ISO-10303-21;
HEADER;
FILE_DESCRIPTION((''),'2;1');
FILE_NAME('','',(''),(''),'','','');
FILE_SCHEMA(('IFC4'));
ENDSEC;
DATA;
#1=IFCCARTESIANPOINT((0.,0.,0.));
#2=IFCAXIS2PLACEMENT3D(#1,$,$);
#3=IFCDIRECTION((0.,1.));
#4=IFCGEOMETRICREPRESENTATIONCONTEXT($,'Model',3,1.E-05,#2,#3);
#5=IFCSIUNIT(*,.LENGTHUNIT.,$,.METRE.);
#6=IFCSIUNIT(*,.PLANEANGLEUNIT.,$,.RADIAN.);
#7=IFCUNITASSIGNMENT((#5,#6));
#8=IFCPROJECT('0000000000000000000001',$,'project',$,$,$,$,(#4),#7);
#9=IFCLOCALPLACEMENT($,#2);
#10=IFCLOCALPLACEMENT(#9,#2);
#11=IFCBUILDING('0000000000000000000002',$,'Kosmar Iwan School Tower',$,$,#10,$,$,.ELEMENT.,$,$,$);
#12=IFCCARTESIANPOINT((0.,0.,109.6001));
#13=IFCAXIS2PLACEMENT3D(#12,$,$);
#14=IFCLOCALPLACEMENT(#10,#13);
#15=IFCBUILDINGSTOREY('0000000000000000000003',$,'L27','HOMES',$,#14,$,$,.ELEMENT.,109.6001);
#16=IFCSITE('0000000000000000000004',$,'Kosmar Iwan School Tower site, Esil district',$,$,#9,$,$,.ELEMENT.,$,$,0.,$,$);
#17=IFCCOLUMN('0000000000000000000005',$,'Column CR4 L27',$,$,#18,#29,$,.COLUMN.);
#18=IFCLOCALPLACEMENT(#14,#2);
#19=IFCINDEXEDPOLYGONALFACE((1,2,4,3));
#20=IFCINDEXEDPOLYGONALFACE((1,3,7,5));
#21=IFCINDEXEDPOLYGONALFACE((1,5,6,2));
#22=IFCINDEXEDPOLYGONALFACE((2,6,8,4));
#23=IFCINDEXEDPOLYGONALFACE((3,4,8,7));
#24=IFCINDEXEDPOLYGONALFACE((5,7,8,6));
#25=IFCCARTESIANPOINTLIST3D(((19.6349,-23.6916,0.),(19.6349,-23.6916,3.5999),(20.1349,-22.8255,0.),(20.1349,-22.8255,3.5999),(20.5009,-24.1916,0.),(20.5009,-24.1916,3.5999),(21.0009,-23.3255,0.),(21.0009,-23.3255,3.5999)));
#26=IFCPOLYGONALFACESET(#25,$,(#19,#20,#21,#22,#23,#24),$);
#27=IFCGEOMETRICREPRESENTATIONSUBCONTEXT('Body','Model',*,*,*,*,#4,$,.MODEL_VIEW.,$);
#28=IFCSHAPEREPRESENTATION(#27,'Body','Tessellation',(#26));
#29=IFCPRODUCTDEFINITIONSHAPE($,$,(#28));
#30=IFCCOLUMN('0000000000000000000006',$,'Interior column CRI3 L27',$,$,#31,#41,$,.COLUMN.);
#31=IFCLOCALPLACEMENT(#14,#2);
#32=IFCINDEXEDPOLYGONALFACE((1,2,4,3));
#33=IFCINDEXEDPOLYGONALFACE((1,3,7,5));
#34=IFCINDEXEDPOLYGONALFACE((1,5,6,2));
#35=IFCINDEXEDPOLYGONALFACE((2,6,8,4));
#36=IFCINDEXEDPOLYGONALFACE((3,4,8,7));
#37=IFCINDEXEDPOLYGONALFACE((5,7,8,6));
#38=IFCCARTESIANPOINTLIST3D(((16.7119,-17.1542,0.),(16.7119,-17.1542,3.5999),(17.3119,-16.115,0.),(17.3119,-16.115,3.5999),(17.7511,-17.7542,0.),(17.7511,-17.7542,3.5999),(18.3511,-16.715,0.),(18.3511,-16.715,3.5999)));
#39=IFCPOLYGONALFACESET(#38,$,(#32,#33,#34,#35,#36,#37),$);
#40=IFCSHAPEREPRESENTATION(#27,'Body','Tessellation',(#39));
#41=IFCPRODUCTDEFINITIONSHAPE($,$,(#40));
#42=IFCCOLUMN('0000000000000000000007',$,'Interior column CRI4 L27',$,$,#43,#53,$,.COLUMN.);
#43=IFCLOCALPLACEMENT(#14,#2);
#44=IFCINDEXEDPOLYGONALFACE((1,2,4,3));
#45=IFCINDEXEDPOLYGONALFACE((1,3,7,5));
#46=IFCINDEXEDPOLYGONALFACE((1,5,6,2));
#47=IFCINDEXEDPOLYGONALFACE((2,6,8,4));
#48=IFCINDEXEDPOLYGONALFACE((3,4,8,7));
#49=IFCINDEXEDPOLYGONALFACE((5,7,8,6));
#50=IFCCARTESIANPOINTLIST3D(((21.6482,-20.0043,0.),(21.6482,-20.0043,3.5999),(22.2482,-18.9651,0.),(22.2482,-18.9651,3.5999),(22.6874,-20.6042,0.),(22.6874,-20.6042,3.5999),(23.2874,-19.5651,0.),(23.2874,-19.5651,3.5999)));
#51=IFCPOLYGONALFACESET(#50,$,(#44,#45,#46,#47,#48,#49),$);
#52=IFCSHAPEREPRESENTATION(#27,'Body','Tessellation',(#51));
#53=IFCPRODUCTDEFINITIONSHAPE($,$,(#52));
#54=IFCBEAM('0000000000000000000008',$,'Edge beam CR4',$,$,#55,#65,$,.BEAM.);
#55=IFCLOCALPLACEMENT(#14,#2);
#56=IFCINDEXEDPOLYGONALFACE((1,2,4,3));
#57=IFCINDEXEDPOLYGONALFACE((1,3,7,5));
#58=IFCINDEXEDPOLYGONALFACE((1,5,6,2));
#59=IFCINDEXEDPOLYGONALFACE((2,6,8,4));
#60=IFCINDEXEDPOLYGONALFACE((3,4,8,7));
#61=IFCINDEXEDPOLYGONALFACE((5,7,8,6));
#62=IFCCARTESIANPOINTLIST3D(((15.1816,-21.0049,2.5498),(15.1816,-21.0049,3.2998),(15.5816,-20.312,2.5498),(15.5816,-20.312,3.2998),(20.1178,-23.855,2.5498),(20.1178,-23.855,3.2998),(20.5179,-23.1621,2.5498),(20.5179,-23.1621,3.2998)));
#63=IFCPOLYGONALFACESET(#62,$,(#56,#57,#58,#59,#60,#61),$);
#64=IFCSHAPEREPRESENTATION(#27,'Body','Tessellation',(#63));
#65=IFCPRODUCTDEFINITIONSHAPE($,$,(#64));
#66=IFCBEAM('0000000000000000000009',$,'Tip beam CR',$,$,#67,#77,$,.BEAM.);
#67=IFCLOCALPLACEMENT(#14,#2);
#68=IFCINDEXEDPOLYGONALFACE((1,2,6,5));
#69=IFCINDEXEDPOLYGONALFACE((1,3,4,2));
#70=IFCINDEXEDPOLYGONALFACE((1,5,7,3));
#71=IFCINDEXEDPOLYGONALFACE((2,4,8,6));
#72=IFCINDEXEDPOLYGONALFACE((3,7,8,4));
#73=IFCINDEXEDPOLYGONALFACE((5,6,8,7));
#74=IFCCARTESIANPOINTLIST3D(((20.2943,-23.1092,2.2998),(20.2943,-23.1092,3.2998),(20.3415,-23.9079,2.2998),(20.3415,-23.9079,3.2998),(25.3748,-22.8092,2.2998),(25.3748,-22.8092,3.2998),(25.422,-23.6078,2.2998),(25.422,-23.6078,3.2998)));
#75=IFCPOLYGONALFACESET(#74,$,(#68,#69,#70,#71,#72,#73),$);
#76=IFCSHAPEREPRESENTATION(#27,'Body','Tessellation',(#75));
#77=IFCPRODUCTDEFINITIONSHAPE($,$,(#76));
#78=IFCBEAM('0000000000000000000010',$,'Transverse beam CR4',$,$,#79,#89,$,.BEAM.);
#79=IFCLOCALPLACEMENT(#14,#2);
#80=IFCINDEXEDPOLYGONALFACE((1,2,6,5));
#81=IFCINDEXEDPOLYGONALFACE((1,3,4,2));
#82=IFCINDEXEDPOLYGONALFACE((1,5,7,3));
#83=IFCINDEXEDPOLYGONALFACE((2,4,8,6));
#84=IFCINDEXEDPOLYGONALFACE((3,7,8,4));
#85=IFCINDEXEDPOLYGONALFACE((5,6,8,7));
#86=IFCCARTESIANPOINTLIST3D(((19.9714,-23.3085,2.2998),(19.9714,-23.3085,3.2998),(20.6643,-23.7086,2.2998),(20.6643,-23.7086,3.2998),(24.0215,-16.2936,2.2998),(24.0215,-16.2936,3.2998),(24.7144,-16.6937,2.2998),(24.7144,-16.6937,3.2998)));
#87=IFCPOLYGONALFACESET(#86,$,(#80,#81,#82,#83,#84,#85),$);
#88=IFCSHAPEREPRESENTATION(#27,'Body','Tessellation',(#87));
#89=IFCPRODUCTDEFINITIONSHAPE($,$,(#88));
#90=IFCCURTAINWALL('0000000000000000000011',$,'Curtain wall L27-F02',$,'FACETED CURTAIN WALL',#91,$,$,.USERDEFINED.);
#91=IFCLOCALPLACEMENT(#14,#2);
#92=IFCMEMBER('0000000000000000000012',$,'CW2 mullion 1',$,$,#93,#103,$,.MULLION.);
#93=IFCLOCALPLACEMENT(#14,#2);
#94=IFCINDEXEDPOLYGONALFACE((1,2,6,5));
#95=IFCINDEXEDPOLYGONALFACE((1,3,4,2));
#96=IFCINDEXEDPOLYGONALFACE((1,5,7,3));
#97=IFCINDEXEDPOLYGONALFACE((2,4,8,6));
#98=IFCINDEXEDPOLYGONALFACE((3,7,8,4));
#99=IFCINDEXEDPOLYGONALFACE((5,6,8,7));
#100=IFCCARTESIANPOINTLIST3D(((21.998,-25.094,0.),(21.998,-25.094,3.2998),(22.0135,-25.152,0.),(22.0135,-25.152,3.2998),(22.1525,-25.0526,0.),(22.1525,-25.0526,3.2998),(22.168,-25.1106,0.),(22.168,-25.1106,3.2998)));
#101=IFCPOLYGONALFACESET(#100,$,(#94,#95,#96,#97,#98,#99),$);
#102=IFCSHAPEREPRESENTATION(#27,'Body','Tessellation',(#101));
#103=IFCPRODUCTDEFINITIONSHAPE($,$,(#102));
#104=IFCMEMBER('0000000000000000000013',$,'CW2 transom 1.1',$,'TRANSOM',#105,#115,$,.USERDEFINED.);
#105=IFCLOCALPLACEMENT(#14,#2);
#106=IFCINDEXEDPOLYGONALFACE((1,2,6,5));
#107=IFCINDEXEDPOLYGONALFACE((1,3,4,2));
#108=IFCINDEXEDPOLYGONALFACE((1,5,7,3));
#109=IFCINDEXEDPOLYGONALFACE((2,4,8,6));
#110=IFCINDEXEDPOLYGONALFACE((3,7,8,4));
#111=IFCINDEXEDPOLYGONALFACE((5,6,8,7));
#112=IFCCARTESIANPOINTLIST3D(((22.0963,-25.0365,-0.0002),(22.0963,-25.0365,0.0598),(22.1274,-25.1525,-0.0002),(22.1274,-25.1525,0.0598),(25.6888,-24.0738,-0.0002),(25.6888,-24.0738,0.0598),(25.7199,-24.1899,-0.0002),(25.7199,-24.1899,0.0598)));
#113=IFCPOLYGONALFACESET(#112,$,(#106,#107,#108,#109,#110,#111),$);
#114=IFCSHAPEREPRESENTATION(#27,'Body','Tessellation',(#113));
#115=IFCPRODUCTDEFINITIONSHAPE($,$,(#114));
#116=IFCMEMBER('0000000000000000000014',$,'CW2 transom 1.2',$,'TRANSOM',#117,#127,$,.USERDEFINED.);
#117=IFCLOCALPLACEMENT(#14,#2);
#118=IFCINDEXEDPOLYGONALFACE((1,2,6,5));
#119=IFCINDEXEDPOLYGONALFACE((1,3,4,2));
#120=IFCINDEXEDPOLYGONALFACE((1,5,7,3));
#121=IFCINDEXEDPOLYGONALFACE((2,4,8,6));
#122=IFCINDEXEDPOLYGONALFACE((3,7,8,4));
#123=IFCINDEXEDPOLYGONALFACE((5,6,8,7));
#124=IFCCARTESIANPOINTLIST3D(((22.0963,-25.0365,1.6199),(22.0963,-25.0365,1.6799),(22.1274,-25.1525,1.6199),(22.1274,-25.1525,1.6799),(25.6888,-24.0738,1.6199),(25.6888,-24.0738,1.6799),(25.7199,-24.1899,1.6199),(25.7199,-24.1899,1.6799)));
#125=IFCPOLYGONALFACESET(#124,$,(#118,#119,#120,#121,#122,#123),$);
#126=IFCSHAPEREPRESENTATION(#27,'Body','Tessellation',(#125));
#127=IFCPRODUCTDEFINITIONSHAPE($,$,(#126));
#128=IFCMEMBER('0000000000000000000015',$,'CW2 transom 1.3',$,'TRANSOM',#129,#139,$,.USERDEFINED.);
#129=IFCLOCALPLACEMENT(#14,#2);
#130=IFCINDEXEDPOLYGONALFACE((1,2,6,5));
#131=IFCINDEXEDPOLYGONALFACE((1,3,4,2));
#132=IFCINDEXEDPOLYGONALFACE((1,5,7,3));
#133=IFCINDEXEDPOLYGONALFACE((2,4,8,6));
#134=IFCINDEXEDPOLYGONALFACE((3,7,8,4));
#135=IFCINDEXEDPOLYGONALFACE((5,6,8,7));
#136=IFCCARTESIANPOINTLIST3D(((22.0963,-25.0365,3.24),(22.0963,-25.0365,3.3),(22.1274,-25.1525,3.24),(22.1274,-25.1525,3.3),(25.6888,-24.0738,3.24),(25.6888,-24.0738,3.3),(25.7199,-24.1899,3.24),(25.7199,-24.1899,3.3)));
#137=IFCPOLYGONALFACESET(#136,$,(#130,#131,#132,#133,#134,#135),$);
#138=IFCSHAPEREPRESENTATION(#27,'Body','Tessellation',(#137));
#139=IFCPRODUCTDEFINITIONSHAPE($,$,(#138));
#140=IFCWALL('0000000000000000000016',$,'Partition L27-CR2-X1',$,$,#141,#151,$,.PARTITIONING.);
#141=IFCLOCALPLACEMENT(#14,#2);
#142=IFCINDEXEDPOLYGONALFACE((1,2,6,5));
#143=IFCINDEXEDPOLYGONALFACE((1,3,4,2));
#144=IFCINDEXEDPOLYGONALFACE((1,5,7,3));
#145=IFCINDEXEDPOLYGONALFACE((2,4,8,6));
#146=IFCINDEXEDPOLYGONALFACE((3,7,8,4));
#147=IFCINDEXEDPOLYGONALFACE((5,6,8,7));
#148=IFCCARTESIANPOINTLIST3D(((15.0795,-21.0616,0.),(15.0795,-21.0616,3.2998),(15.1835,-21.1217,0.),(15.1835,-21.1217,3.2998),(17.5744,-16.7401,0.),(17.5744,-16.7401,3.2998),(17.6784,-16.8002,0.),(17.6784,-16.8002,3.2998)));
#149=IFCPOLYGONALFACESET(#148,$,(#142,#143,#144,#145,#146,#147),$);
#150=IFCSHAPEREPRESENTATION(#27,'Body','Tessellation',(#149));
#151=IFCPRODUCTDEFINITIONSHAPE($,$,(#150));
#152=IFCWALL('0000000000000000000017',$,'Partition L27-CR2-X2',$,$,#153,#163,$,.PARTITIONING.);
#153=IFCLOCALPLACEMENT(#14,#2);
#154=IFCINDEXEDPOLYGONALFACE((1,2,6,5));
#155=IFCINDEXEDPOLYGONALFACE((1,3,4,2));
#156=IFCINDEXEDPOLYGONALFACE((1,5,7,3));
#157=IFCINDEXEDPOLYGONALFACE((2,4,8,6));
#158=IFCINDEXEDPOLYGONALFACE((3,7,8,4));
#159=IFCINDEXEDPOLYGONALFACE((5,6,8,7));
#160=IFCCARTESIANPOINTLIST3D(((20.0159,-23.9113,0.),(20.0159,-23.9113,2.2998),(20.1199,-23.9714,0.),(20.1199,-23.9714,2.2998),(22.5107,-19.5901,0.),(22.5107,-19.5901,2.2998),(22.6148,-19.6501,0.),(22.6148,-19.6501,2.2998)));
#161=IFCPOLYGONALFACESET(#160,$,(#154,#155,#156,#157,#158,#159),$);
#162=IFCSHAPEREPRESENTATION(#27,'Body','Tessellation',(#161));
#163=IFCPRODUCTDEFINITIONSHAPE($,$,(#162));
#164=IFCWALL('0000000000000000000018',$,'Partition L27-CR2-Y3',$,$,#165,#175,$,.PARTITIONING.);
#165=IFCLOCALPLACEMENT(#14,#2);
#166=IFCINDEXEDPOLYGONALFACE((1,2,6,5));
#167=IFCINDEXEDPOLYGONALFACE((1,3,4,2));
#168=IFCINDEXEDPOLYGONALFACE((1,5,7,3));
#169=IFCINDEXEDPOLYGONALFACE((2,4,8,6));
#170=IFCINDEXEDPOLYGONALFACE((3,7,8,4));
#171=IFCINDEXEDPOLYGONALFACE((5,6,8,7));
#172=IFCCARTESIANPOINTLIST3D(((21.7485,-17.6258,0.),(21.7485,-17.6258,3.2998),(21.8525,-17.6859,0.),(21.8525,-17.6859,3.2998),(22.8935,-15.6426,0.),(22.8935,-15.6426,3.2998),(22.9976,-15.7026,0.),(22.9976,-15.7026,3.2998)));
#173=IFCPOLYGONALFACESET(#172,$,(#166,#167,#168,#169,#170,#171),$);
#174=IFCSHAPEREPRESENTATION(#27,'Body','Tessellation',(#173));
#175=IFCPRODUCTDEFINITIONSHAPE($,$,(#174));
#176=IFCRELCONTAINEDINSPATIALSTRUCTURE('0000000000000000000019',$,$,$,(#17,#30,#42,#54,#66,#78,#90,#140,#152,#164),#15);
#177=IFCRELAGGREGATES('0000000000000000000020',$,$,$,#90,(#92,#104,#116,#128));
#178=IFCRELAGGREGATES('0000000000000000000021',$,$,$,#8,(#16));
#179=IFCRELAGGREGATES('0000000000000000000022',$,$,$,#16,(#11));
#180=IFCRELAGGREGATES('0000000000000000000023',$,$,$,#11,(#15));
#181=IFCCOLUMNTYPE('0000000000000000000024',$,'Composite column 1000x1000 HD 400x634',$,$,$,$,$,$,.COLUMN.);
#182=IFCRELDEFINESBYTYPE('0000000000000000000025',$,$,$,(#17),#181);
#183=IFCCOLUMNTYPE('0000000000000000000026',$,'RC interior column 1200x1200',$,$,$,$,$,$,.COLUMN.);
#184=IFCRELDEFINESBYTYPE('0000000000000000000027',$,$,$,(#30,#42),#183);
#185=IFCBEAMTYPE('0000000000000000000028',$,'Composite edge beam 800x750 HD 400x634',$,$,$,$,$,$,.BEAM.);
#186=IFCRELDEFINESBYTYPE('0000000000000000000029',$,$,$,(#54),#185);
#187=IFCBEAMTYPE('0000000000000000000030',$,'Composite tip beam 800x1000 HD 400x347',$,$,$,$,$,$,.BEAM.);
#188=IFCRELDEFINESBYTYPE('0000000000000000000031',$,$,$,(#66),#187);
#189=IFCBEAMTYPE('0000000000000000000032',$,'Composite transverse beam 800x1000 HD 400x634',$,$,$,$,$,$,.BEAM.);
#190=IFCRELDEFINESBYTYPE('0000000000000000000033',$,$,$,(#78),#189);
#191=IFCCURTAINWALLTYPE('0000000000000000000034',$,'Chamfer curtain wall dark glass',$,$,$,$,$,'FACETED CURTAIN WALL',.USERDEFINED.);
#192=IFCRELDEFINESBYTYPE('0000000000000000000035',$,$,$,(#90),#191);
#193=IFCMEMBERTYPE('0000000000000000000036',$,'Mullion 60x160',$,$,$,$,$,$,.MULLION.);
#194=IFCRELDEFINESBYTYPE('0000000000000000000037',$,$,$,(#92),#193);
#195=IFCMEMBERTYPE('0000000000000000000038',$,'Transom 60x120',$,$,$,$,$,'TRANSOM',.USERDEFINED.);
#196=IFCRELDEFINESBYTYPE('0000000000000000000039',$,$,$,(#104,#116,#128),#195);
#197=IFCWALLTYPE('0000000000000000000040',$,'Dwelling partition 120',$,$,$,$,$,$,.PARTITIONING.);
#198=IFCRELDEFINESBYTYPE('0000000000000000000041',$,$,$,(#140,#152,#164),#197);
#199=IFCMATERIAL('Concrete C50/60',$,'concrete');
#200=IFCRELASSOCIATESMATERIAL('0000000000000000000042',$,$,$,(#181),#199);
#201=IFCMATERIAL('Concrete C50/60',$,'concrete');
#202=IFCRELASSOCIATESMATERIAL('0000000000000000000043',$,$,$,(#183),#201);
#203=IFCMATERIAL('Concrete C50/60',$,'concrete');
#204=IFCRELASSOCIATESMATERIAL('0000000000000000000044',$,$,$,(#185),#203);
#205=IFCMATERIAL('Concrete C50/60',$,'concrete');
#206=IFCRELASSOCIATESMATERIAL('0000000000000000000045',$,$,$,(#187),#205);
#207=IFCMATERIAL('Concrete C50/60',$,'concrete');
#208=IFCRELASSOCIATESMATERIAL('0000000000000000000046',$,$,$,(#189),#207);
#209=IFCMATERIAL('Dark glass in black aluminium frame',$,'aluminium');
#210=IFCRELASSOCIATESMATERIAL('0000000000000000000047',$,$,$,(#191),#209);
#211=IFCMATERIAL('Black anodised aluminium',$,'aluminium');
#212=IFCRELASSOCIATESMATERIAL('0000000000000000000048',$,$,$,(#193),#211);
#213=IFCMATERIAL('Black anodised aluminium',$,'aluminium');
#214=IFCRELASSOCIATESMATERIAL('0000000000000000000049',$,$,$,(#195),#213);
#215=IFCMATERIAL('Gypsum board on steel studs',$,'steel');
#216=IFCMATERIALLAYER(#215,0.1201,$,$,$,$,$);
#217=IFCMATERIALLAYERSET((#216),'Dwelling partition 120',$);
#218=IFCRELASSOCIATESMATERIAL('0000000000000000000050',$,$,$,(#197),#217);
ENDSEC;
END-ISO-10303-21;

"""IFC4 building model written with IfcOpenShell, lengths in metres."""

from ifc_helpers import new_model, si_unit, direction, frame, frame_2d, origin, origin_2d, place, context, subcontext, project, spatial, rectangle, extrude, material, layer, layer_set, material_profile, profile_set, type_object, element, aggregate, save


model = new_model("IFC4")

# Units and contexts
model_context = context("Model", 3, precision=1e-05, world=origin(), true_north=direction((0.0, 1.0)))
body_context = subcontext(model_context, "Body", "Model", "MODEL_VIEW")
ifc_project = project(units=[si_unit("LENGTHUNIT", "METRE"), si_unit("PLANEANGLEUNIT", "RADIAN")], contexts=[model_context])

# Site, building, storey
site_placement = place(None, origin())
site = spatial("IfcSite", under=ifc_project, at=site_placement, Name="Kosmar Iwan School Tower site, Esil district", CompositionType="ELEMENT", RefElevation=0.0)
building_placement = place(site_placement, origin())
building = spatial("IfcBuilding", under=site, at=building_placement, Name="Kosmar Iwan School Tower", CompositionType="ELEMENT")
storey_placement = place(building_placement, frame((0.0, 0.0, 109.6001)))
storey = spatial("IfcBuildingStorey", under=building, at=storey_placement, Name="L27", Description="HOMES", CompositionType="ELEMENT", Elevation=109.6001)

# Columns
ifc_material_1 = material(Name="Concrete C50/60", Category="concrete")
ifc_material_profile_1 = material_profile(ifc_material_1, rectangle(XDim=1.0, YDim=1.0, at=origin_2d()), Name="RC 1000x1000 + HD 400x634")
ifc_profile_set_1 = profile_set([ifc_material_profile_1], Name="Concrete C50/60")
column_type_1 = type_object("IfcColumnType", Name="Composite column 1000x1000 HD 400x634", PredefinedType="COLUMN", material=ifc_profile_set_1)
column_placement = place(storey_placement, frame((20.3179, -23.5085, 0.0), z_axis=(0.0, 0.0, 1.0), x_axis=(0.866025, -0.5, 0.0)))
element("IfcColumn", 1, at=column_placement, inside=storey, type_object=column_type_1, Name="Column CR4 L27", PredefinedType="COLUMN", context=body_context, shape_type="SweptSolid", body=[
    extrude(rectangle(XDim=1.0, YDim=1.0, at=origin_2d()), origin(), (0.0, 0.0, 1.0), 3.5999),
])
ifc_material_2 = material(Name="Concrete C50/60", Category="concrete")
ifc_material_profile_2 = material_profile(ifc_material_2, rectangle(XDim=1.2, YDim=1.2, at=origin_2d()), Name="RC 1200x1200")
ifc_profile_set_2 = profile_set([ifc_material_profile_2], Name="Concrete C50/60")
column_type_2 = type_object("IfcColumnType", Name="RC interior column 1200x1200", PredefinedType="COLUMN", material=ifc_profile_set_2)
for number, where, z_axis, x_axis, name in (
    (2, (17.5315, -16.9346, 0.0), (0.0, 0.0, 1.0), (0.866025, -0.5, 0.0), "Interior column CRI3 L27"),
    (3, (22.4678, -19.7847, 0.0), (0.0, 0.0, 1.0), (0.866025, -0.5, 0.0), "Interior column CRI4 L27"),
):
    element("IfcColumn", number, at=place(storey_placement, frame(where, z_axis=z_axis, x_axis=x_axis)), inside=storey, type_object=column_type_2, Name=name, PredefinedType="COLUMN", context=body_context, shape_type="SweptSolid", body=[
        extrude(rectangle(XDim=1.2, YDim=1.2, at=origin_2d()), origin(), (0.0, 0.0, 1.0), 3.5999),
    ])

# Beams
ifc_material_3 = material(Name="Concrete C50/60", Category="concrete")
ifc_material_profile_3 = material_profile(ifc_material_3, rectangle(XDim=0.8, YDim=0.75, at=origin_2d()), Name="RC 800x750 + HD 400x634")
ifc_profile_set_3 = profile_set([ifc_material_profile_3], Name="Concrete C50/60")
beam_type_1 = type_object("IfcBeamType", Name="Composite edge beam 800x750 HD 400x634", PredefinedType="BEAM", material=ifc_profile_set_3)
beam_1_placement = place(storey_placement, frame((15.3816, -20.6584, 2.9248), z_axis=(0.866015, -0.500018, 0.0), x_axis=(0.500018, 0.866015, 0.0)))
element("IfcBeam", 4, at=beam_1_placement, inside=storey, type_object=beam_type_1, Name="Edge beam CR4", PredefinedType="BEAM", context=body_context, shape_type="SweptSolid", body=[
    extrude(rectangle(XDim=0.8, YDim=0.75, at=origin_2d()), origin(), (0.0, 0.0, 1.0), 5.7),
])
ifc_material_4 = material(Name="Concrete C50/60", Category="concrete")
ifc_material_profile_4 = material_profile(ifc_material_4, rectangle(XDim=0.8, YDim=1.0, at=origin_2d()), Name="RC 800x1000 + HD 400x347")
ifc_profile_set_4 = profile_set([ifc_material_profile_4], Name="Concrete C50/60")
beam_type_2 = type_object("IfcBeamType", Name="Composite tip beam 800x1000 HD 400x347", PredefinedType="BEAM", material=ifc_profile_set_4)
beam_2_placement = place(storey_placement, frame((20.3179, -23.5085, 2.7998), z_axis=(0.998261, 0.058955, 0.0), x_axis=(-0.058955, 0.998261, 0.0)))
element("IfcBeam", 5, at=beam_2_placement, inside=storey, type_object=beam_type_2, Name="Tip beam CR", PredefinedType="BEAM", context=body_context, shape_type="SweptSolid", body=[
    extrude(rectangle(XDim=0.8, YDim=1.0, at=origin_2d()), origin(), (0.0, 0.0, 1.0), 5.0894),
])
ifc_material_5 = material(Name="Concrete C50/60", Category="concrete")
ifc_material_profile_5 = material_profile(ifc_material_5, rectangle(XDim=0.8, YDim=1.0, at=origin_2d()), Name="RC 800x1000 + HD 400x634")
ifc_profile_set_5 = profile_set([ifc_material_profile_5], Name="Concrete C50/60")
beam_type_3 = type_object("IfcBeamType", Name="Composite transverse beam 800x1000 HD 400x634", PredefinedType="BEAM", material=ifc_profile_set_5)
beam_3_placement = place(storey_placement, frame((20.3179, -23.5085, 2.7998), z_axis=(0.5, 0.866025, 0.0), x_axis=(-0.866025, 0.5, 0.0)))
element("IfcBeam", 6, at=beam_3_placement, inside=storey, type_object=beam_type_3, Name="Transverse beam CR4", PredefinedType="BEAM", context=body_context, shape_type="SweptSolid", body=[
    extrude(rectangle(XDim=0.8, YDim=1.0, at=origin_2d()), origin(), (0.0, 0.0, 1.0), 8.1001),
])

# Curtain wall, members
ifc_material_6 = material(Name="Dark glass in black aluminium frame", Category="aluminium")
curtain_wall_type = type_object("IfcCurtainWallType", Name="Chamfer curtain wall dark glass", ElementType="FACETED CURTAIN WALL", PredefinedType="USERDEFINED", material=ifc_material_6)
curtain_wall_placement = place(storey_placement, origin())
curtain_wall = element("IfcCurtainWall", 7, at=curtain_wall_placement, inside=storey, type_object=curtain_wall_type, Name="Curtain wall L27-F02", ObjectType="FACETED CURTAIN WALL", PredefinedType="USERDEFINED")
ifc_material_7 = material(Name="Black anodised aluminium", Category="aluminium")
ifc_material_profile_6 = material_profile(ifc_material_7, rectangle(XDim=0.0601, YDim=0.1599, at=origin_2d()), Name="MULLION 60x160")
ifc_profile_set_6 = profile_set([ifc_material_profile_6], Name="Black anodised aluminium")
member_type_1 = type_object("IfcMemberType", Name="Mullion 60x160", PredefinedType="MULLION", material=ifc_profile_set_6)
member_1_placement = place(storey_placement, frame((22.083, -25.1023, 0.0), z_axis=(0.0, 0.0, 1.0), x_axis=(-0.258819, 0.965926, 0.0)))
member_1 = element("IfcMember", 8, at=member_1_placement, type_object=member_type_1, Name="CW2 mullion 1", PredefinedType="MULLION", context=body_context, shape_type="SweptSolid", body=[
    extrude(rectangle(XDim=0.0601, YDim=0.1599, at=origin_2d()), origin(), (0.0, 0.0, 1.0), 3.2998),
])
ifc_material_8 = material(Name="Black anodised aluminium", Category="aluminium")
ifc_material_profile_7 = material_profile(ifc_material_8, rectangle(XDim=0.1201, YDim=0.0601, at=origin_2d()), Name="TRANSOM 60x120")
ifc_profile_set_7 = profile_set([ifc_material_profile_7], Name="Black anodised aluminium")
member_type_2 = type_object("IfcMemberType", Name="Transom 60x120", ElementType="TRANSOM", PredefinedType="USERDEFINED", material=ifc_profile_set_7)
member_2_placement = place(storey_placement, frame((22.1118, -25.0945, 0.0298), z_axis=(0.965924, 0.258827, 0.0), x_axis=(-0.258827, 0.965924, 0.0)))
member_2 = element("IfcMember", 9, at=member_2_placement, type_object=member_type_2, Name="CW2 transom 1.1", ObjectType="TRANSOM", PredefinedType="USERDEFINED", context=body_context, shape_type="SweptSolid", body=[
    extrude(rectangle(XDim=0.1201, YDim=0.0601, at=origin_2d()), origin(), (0.0, 0.0, 1.0), 3.7192),
])
member_3_placement = place(storey_placement, frame((22.1118, -25.0945, 1.6499), z_axis=(0.965924, 0.258827, 0.0), x_axis=(-0.258827, 0.965924, 0.0)))
member_3 = element("IfcMember", 10, at=member_3_placement, type_object=member_type_2, Name="CW2 transom 1.2", ObjectType="TRANSOM", PredefinedType="USERDEFINED", context=body_context, shape_type="SweptSolid", body=[
    extrude(rectangle(XDim=0.1201, YDim=0.0601, at=origin_2d()), origin(), (0.0, 0.0, 1.0), 3.7192),
])
member_4_placement = place(storey_placement, frame((22.1118, -25.0945, 3.27), z_axis=(0.965924, 0.258827, 0.0), x_axis=(-0.258827, 0.965924, 0.0)))
member_4 = element("IfcMember", 11, at=member_4_placement, type_object=member_type_2, Name="CW2 transom 1.3", ObjectType="TRANSOM", PredefinedType="USERDEFINED", context=body_context, shape_type="SweptSolid", body=[
    extrude(rectangle(XDim=0.1201, YDim=0.0601, at=origin_2d()), origin(), (0.0, 0.0, 1.0), 3.7192),
])
aggregate(curtain_wall, [member_1, member_2, member_3, member_4])

# Walls
ifc_material_9 = material(Name="Gypsum board on steel studs", Category="steel")
ifc_layer = layer(ifc_material_9, 0.1201)
ifc_layer_set = layer_set([ifc_layer], Name="Dwelling partition 120")
wall_type = type_object("IfcWallType", Name="Dwelling partition 120", PredefinedType="PARTITIONING", material=ifc_layer_set)
wall_1_placement = place(storey_placement, frame((17.6265, -16.77, 0.0), z_axis=(0.0, 0.0, 1.0), x_axis=(-0.499975, -0.86604, 0.0)))
element("IfcWall", 12, at=wall_1_placement, inside=storey, type_object=wall_type, Name="Partition L27-CR2-X1", PredefinedType="PARTITIONING", context=body_context, shape_type="SweptSolid", body=[
    extrude(rectangle(XDim=4.99, YDim=0.1201, at=frame_2d((2.4951, 0.0))), origin(), (0.0, 0.0, 1.0), 3.2998),
])
wall_2_placement = place(storey_placement, frame((22.5627, -19.6201, 0.0), z_axis=(0.0, 0.0, 1.0), x_axis=(-0.499996, -0.866028, 0.0)))
element("IfcWall", 13, at=wall_2_placement, inside=storey, type_object=wall_type, Name="Partition L27-CR2-X2", PredefinedType="PARTITIONING", context=body_context, shape_type="SweptSolid", body=[
    extrude(rectangle(XDim=4.9897, YDim=0.1201, at=frame_2d((2.4949, 0.0))), origin(), (0.0, 0.0, 1.0), 2.2998),
])
wall_3_placement = place(storey_placement, frame((22.9456, -15.6726, 0.0), z_axis=(0.0, 0.0, 1.0), x_axis=(-0.500015, -0.866017, 0.0)))
element("IfcWall", 14, at=wall_3_placement, inside=storey, type_object=wall_type, Name="Partition L27-CR2-Y3", PredefinedType="PARTITIONING", context=body_context, shape_type="SweptSolid", body=[
    extrude(rectangle(XDim=2.29, YDim=0.1201, at=frame_2d((1.145, 0.0))), origin(), (0.0, 0.0, 1.0), 3.2998),
])

save(model, "model.ifc")
